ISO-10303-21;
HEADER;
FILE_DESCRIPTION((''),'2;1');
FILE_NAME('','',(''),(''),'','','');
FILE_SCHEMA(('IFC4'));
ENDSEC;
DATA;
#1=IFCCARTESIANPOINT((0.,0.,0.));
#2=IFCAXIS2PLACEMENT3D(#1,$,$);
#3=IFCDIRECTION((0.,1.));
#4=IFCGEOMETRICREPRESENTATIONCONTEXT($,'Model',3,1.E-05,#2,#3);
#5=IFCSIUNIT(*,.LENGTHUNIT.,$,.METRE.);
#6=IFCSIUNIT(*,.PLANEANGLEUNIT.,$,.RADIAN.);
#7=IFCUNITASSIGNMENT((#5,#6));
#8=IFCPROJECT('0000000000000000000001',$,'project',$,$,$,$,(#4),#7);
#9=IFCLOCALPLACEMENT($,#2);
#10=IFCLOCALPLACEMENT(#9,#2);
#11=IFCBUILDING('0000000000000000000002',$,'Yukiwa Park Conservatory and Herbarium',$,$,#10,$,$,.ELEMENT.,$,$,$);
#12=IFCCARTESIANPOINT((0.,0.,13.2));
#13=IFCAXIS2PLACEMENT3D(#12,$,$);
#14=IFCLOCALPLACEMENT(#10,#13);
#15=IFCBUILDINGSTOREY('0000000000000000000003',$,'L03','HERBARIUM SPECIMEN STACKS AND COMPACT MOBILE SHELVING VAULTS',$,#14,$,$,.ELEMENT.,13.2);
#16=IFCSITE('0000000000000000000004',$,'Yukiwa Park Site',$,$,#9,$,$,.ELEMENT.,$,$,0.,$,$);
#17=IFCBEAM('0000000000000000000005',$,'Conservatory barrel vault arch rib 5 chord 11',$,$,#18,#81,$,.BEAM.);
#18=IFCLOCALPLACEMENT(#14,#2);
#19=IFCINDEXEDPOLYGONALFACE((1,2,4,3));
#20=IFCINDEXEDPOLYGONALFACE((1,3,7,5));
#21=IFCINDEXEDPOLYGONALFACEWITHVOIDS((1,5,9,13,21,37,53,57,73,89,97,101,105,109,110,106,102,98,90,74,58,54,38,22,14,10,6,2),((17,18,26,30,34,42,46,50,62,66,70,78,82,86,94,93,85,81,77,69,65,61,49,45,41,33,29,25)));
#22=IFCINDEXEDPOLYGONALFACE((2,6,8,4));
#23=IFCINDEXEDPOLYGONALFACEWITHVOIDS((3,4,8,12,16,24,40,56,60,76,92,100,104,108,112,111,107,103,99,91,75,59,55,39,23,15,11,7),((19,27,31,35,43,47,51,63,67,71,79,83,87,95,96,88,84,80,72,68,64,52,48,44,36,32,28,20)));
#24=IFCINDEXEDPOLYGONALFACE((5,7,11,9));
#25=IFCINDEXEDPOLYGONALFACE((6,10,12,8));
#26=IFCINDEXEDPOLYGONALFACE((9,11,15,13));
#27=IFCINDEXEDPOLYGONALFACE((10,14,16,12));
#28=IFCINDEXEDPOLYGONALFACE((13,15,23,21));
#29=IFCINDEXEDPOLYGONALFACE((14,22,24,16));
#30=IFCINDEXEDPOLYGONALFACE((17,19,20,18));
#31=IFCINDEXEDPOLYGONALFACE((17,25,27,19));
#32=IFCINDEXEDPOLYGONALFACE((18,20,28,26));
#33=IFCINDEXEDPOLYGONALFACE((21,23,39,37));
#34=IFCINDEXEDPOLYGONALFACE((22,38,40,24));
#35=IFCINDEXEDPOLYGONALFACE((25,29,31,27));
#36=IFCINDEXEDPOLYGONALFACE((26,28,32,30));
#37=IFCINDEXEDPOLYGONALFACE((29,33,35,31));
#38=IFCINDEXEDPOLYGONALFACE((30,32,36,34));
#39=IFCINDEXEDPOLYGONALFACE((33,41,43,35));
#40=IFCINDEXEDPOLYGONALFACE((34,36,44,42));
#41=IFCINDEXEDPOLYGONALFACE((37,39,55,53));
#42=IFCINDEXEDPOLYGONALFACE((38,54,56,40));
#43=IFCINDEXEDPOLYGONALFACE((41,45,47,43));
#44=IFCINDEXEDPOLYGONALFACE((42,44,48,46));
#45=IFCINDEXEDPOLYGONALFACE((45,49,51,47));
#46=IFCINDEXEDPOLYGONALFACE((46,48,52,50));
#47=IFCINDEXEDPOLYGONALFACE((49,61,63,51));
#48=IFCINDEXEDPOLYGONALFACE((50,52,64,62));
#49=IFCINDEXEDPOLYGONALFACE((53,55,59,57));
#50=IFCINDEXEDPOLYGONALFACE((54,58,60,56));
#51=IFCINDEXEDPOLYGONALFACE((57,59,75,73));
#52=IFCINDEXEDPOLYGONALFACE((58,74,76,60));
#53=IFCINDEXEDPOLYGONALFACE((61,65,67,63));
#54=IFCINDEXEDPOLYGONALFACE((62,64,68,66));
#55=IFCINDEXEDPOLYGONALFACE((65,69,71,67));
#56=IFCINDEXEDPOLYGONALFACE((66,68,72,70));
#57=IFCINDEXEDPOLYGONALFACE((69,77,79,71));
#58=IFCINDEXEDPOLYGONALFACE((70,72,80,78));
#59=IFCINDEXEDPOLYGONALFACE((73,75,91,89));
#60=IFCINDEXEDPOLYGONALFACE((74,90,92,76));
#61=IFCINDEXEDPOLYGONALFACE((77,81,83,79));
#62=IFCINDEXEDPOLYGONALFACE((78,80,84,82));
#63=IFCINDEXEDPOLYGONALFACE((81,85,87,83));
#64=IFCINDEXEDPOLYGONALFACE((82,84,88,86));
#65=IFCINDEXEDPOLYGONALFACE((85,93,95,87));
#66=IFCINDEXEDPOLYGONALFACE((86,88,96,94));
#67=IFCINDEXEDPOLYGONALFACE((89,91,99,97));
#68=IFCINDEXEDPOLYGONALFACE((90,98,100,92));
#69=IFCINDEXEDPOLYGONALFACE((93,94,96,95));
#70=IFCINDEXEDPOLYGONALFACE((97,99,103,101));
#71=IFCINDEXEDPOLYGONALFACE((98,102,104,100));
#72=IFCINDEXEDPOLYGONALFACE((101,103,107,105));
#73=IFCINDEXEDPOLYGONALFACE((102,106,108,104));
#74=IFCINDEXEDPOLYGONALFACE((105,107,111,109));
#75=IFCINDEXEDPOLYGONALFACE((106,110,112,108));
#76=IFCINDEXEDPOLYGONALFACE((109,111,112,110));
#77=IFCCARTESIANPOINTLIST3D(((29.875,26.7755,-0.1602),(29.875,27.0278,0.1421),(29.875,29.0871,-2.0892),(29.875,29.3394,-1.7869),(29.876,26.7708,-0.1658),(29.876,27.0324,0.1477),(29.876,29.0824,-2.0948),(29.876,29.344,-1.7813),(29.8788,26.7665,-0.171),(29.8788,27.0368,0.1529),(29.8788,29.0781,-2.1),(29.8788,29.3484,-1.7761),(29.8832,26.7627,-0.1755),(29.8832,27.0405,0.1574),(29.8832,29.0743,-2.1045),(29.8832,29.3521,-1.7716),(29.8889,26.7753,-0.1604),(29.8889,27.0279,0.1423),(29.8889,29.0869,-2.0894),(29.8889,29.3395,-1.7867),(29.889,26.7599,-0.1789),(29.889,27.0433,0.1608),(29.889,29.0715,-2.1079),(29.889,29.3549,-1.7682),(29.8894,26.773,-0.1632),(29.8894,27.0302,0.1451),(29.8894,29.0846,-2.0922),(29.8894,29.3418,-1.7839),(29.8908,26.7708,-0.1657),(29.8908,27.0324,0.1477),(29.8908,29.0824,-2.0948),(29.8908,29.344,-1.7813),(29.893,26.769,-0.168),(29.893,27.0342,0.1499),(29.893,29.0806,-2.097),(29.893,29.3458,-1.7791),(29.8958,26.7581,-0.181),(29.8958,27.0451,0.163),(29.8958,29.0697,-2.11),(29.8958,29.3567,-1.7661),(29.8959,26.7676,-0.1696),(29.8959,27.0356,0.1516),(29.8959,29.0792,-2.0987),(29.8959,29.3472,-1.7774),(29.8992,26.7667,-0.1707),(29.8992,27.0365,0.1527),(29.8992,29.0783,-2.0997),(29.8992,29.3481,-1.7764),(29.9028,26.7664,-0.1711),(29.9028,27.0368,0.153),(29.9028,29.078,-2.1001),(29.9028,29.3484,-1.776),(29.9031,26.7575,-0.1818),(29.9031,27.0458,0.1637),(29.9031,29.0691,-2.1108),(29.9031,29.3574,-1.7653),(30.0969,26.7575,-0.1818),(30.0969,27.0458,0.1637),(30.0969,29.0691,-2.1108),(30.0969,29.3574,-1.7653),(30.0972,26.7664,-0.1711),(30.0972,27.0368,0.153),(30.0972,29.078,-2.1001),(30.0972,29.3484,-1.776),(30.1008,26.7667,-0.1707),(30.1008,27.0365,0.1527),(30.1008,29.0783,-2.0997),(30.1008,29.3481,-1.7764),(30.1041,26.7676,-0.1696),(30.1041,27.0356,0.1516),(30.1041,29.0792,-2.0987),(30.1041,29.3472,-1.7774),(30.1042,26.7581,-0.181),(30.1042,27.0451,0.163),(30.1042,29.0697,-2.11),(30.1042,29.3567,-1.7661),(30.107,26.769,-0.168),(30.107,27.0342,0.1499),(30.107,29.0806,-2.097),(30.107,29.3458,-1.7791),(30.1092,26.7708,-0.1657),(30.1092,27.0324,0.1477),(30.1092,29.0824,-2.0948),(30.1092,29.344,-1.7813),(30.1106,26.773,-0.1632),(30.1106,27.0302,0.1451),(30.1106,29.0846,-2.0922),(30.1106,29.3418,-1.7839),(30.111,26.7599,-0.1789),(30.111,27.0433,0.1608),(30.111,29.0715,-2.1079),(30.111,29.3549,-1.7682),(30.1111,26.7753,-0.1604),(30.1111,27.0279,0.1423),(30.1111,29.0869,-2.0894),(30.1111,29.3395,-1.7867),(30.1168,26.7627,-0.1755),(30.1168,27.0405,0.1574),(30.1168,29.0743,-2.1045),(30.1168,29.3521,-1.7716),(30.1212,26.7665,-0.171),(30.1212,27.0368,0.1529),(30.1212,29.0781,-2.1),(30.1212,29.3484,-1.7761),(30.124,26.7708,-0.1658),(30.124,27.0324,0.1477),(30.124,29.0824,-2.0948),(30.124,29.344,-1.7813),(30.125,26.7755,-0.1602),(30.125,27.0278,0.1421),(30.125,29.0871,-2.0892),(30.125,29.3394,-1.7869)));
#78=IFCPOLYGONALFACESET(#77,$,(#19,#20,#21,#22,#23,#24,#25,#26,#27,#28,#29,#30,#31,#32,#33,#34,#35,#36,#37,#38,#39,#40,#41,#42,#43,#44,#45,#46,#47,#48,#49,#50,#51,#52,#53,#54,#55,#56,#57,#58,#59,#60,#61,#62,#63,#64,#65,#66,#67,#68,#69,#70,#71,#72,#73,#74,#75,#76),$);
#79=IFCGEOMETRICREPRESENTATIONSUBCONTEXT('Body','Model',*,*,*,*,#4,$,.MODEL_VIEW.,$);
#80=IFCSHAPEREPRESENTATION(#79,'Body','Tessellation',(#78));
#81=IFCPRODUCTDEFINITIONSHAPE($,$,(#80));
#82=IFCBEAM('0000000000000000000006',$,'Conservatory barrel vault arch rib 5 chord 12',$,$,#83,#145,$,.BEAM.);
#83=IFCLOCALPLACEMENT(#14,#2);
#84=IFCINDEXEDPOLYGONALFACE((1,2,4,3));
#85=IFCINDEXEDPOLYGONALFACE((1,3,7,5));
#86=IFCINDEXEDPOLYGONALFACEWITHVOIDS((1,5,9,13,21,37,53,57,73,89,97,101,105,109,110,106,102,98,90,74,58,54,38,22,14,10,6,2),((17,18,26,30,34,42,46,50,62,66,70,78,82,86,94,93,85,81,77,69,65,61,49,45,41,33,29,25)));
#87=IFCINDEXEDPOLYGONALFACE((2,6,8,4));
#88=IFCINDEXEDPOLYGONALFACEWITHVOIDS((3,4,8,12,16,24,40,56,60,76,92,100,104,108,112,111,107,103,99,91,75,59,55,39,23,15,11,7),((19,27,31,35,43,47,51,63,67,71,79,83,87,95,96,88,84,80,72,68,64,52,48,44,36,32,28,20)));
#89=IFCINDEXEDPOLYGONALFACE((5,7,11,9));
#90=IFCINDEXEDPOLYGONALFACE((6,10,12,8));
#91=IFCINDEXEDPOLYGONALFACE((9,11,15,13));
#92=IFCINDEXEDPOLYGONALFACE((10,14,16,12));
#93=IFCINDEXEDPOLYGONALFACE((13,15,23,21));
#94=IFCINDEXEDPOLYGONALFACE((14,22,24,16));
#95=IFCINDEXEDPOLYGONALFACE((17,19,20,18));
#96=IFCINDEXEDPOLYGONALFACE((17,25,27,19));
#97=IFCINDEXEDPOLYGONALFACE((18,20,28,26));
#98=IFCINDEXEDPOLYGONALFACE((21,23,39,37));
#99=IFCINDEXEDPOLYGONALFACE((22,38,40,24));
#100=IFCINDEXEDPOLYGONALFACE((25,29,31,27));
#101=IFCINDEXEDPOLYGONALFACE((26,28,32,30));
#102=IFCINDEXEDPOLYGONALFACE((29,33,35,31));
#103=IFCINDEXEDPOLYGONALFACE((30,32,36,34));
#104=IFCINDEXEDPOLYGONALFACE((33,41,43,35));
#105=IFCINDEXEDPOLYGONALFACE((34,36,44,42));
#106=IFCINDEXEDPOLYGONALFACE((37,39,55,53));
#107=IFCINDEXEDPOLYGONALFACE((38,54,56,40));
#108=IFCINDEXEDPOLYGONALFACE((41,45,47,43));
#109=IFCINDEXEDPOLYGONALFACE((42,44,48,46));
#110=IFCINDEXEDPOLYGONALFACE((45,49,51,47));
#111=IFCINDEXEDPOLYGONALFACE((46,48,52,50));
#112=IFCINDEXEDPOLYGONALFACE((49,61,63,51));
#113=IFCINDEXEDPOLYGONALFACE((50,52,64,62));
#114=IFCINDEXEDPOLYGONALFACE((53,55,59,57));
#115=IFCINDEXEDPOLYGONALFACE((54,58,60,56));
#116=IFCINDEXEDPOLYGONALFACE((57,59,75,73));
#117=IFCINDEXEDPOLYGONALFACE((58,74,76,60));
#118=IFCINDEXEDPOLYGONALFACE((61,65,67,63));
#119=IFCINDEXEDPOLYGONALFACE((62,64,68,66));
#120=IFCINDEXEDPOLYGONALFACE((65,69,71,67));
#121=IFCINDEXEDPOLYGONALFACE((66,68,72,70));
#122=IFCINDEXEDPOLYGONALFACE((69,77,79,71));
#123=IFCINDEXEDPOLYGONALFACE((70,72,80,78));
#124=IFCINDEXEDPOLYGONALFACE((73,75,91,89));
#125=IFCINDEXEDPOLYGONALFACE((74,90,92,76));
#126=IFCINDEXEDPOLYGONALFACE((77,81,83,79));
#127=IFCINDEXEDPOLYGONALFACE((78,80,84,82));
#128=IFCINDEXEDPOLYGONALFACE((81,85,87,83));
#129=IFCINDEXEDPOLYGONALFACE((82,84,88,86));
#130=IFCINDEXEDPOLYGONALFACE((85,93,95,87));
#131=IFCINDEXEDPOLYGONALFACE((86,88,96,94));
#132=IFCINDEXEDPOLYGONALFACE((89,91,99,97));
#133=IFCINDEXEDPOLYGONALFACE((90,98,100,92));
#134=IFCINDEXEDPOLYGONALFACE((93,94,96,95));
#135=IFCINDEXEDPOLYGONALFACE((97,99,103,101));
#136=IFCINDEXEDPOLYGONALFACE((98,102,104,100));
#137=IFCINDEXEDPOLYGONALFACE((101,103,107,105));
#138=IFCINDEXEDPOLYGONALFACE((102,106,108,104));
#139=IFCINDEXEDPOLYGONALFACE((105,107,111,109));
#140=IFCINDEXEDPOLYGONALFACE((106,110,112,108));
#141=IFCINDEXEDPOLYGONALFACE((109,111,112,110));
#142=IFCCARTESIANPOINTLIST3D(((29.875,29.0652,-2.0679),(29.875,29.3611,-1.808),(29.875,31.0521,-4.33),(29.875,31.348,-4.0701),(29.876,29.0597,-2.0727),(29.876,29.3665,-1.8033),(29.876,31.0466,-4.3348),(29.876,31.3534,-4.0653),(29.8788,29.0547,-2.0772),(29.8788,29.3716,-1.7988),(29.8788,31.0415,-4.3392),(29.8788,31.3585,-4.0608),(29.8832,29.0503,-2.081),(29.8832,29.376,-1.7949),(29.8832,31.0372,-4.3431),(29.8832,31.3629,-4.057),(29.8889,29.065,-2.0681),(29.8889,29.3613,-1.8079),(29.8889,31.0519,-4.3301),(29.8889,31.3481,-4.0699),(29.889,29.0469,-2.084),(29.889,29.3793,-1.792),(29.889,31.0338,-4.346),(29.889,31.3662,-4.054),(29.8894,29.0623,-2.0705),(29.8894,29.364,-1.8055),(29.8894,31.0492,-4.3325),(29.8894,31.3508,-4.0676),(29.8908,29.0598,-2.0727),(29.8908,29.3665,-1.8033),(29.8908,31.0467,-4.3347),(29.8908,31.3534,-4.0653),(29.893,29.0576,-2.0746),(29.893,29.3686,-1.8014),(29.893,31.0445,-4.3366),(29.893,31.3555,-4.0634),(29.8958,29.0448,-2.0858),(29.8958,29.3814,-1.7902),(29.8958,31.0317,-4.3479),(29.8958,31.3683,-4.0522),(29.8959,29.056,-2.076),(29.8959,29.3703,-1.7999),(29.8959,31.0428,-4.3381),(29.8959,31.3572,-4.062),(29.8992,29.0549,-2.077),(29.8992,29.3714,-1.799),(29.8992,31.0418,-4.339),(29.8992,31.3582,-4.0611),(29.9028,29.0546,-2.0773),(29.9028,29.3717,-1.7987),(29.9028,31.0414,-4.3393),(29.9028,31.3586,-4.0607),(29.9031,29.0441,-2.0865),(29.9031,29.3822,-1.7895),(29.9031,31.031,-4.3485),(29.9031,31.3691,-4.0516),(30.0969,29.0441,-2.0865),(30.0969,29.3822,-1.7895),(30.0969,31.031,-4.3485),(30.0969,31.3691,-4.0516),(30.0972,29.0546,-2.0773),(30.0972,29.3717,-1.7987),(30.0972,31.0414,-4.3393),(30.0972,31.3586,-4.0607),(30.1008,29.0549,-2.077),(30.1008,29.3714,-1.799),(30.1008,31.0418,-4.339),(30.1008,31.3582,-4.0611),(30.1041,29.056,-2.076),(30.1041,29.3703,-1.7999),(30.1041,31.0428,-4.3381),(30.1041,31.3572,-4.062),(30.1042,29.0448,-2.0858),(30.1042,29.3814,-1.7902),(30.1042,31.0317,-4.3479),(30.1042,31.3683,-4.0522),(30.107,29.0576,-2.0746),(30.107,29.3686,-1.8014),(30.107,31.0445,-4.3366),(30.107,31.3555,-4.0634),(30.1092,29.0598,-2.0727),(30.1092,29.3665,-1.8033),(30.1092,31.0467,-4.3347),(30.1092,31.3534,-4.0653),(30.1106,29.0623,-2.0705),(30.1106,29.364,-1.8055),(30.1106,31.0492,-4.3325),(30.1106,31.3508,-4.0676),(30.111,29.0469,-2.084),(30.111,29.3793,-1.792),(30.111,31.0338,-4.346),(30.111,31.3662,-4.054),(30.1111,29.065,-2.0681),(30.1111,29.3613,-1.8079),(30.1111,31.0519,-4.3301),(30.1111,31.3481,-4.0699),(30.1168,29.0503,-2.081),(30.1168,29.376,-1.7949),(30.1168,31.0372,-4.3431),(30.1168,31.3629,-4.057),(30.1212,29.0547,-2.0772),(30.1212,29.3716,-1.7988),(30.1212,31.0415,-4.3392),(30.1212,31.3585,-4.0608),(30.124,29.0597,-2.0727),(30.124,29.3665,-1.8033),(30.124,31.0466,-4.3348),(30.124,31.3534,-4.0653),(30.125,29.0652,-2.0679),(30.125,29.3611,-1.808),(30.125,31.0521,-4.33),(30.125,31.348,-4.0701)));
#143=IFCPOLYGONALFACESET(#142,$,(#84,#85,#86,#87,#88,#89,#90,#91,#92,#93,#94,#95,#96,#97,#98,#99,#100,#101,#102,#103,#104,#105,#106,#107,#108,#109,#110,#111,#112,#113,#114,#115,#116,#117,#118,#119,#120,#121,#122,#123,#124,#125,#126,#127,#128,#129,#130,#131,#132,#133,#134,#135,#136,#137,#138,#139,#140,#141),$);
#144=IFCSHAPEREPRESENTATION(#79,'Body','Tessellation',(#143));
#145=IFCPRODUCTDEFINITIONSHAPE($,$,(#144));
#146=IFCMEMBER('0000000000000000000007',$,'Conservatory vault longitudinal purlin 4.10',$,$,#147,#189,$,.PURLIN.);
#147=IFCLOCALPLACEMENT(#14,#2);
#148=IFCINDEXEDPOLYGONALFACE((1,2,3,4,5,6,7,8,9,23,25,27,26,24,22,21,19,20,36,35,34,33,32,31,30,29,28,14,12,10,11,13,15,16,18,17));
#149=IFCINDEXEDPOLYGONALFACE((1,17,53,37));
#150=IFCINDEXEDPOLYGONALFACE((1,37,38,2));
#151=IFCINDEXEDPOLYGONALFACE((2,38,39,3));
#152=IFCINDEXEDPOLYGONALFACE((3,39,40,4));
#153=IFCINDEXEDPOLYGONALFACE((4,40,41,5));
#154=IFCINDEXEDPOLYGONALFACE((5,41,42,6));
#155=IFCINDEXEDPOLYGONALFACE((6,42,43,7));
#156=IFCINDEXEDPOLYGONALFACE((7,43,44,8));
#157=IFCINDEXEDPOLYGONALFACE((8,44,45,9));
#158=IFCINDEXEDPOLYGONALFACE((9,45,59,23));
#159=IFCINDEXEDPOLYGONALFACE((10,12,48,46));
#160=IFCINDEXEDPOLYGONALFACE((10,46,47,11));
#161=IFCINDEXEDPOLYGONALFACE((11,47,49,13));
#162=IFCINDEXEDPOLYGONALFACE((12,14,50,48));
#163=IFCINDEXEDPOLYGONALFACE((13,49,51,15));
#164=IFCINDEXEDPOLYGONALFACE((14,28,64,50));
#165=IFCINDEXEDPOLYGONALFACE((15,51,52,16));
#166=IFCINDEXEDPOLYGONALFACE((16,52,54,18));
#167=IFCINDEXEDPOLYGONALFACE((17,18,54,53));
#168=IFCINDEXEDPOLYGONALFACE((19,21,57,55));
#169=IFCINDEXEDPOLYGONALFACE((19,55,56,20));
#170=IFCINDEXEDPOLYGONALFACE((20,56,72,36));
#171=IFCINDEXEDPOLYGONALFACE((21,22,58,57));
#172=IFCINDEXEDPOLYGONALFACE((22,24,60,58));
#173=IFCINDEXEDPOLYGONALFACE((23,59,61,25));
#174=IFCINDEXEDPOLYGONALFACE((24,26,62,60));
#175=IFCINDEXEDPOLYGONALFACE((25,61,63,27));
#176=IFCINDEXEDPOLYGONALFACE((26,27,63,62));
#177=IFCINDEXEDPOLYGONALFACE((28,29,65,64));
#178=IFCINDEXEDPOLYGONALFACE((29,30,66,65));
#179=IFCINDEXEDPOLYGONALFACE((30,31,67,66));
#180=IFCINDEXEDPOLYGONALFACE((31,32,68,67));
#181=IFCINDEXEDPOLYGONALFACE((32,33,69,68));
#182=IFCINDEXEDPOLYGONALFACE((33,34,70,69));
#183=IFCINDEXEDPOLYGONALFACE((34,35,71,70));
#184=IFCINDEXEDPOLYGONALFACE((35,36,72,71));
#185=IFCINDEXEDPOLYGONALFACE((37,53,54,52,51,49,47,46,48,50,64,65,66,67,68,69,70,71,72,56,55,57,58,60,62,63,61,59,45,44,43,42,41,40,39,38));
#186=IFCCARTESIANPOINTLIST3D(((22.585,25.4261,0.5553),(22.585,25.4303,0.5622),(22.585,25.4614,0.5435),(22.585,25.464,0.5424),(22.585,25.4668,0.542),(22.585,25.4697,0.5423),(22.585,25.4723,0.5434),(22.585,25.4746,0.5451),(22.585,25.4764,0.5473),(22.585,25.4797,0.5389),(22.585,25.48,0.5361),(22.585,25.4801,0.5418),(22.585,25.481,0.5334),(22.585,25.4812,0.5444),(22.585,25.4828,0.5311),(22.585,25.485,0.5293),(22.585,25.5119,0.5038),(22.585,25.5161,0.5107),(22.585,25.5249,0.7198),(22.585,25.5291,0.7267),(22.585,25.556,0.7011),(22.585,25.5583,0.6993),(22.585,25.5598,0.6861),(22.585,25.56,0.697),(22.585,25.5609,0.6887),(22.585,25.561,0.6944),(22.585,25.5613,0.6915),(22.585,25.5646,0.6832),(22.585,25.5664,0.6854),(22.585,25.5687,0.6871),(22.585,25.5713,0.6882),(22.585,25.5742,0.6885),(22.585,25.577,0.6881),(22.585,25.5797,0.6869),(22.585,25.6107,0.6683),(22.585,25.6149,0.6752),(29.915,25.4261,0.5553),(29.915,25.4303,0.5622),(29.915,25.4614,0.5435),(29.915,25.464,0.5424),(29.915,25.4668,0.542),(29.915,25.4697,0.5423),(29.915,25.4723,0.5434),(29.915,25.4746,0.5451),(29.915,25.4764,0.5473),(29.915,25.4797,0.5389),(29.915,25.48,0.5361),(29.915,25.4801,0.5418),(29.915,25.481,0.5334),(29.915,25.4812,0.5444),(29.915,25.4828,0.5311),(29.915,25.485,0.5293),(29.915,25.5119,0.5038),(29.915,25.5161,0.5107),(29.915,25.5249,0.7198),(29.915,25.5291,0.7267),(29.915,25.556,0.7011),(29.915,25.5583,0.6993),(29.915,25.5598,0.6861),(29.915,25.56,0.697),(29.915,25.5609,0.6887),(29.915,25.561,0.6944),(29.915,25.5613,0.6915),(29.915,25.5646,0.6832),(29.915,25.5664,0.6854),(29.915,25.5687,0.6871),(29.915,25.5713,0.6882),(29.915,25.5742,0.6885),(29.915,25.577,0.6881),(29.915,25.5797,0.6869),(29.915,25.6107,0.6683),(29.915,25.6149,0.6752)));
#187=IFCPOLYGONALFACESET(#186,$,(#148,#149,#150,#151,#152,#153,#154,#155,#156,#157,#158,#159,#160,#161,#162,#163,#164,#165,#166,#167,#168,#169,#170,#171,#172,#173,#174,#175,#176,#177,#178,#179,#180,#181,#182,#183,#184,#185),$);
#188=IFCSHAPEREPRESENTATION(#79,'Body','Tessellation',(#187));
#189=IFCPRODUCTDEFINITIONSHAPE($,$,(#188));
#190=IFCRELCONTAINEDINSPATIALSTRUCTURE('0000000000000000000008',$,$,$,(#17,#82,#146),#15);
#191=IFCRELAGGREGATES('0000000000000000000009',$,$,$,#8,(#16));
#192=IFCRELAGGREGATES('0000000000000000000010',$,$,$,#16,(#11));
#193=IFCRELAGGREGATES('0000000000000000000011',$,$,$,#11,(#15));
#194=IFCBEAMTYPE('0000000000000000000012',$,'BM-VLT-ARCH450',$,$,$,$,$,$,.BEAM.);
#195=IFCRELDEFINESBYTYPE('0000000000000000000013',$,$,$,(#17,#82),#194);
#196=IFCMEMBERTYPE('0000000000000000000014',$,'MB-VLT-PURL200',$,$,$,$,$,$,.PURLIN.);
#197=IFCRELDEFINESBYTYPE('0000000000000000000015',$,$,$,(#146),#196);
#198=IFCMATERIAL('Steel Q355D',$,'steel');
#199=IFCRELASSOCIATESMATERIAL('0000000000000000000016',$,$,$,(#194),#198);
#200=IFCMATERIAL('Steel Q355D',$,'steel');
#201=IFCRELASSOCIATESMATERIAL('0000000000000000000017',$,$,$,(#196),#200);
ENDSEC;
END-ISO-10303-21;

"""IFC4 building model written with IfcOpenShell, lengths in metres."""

from ifc_helpers import new_model, si_unit, direction, frame, origin, origin_2d, place, context, subcontext, project, spatial, hollow_rectangle, i_section, extrude, material, material_profile, profile_set, type_object, element, save


model = new_model("IFC4")

# Units and contexts
model_context = context("Model", 3, precision=1e-05, world=origin(), true_north=direction((0.0, 1.0)))
body_context = subcontext(model_context, "Body", "Model", "MODEL_VIEW")
ifc_project = project(units=[si_unit("LENGTHUNIT", "METRE"), si_unit("PLANEANGLEUNIT", "RADIAN")], contexts=[model_context])

# Site, building, storey
site_placement = place(None, origin())
site = spatial("IfcSite", under=ifc_project, at=site_placement, Name="Yukiwa Park Site", CompositionType="ELEMENT", RefElevation=0.0)
building_placement = place(site_placement, origin())
building = spatial("IfcBuilding", under=site, at=building_placement, Name="Yukiwa Park Conservatory and Herbarium", CompositionType="ELEMENT")
storey_placement = place(building_placement, frame((0.0, 0.0, 13.2)))
storey = spatial("IfcBuildingStorey", under=building, at=storey_placement, Name="L03", Description="HERBARIUM SPECIMEN STACKS AND COMPACT MOBILE SHELVING VAULTS", CompositionType="ELEMENT", Elevation=13.2)

# Beams
ifc_material_1 = material(Name="Steel Q355D", Category="steel")
ifc_material_profile_1 = material_profile(ifc_material_1, hollow_rectangle(XDim=0.25, YDim=0.45, WallThickness=0.0139, InnerFilletRadius=0.0139, OuterFilletRadius=0.0281, at=origin_2d()), Name="RHS 450x250x14")
ifc_profile_set_1 = profile_set([ifc_material_profile_1], Name="Steel Q355D")
beam_type = type_object("IfcBeamType", Name="BM-VLT-ARCH450", PredefinedType="BEAM", material=ifc_profile_set_1)
for number, where, z_axis, x_axis, name in (
    (1, (30.0, 26.9016, -0.009), (0.0, 0.767782, -0.640711), (-1.0, 0.0, 0.0), "Conservatory barrel vault arch rib 5 chord 11"),
    (2, (30.0, 29.2131, -1.938), (0.0, 0.659933, -0.751324), (-1.0, 0.0, 0.0), "Conservatory barrel vault arch rib 5 chord 12"),
):
    element("IfcBeam", number, at=place(storey_placement, frame(where, z_axis=z_axis, x_axis=x_axis)), inside=storey, type_object=beam_type, Name=name, PredefinedType="BEAM", context=body_context, shape_type="SweptSolid", body=[
        extrude(hollow_rectangle(XDim=0.25, YDim=0.45, WallThickness=0.0139, InnerFilletRadius=0.0139, OuterFilletRadius=0.0281, at=origin_2d()), origin(), (0.0, 0.0, 1.0), 3.0107),
    ])

# Member
ifc_material_2 = material(Name="Steel Q355D", Category="steel")
ifc_material_profile_2 = material_profile(ifc_material_2, i_section(OverallWidth=0.1001, OverallDepth=0.2, WebThickness=0.0056, FlangeThickness=0.0081, FilletRadius=0.011, at=origin_2d()), Name="HN 200x100x5.5x8")
ifc_profile_set_2 = profile_set([ifc_material_profile_2], Name="Steel Q355D")
member_type_1 = type_object("IfcMemberType", Name="MB-VLT-PURL200", PredefinedType="PURLIN", material=ifc_profile_set_2)
for number, where, z_axis, x_axis, name in (
    (3, (22.585, 25.5205, 0.6152), (1.0, 0.0, 0.0), (0.0, 0.857234, -0.514927), "Conservatory vault longitudinal purlin 4.10"),
):
    element("IfcMember", number, at=place(storey_placement, frame(where, z_axis=z_axis, x_axis=x_axis)), inside=storey, type_object=member_type_1, Name=name, PredefinedType="PURLIN", context=body_context, shape_type="SweptSolid", body=[
        extrude(i_section(OverallWidth=0.1001, OverallDepth=0.2, WebThickness=0.0056, FlangeThickness=0.0081, FilletRadius=0.011, at=origin_2d()), origin(), (0.0, 0.0, 1.0), 7.3301),
    ])

save(model, "model.ifc")
